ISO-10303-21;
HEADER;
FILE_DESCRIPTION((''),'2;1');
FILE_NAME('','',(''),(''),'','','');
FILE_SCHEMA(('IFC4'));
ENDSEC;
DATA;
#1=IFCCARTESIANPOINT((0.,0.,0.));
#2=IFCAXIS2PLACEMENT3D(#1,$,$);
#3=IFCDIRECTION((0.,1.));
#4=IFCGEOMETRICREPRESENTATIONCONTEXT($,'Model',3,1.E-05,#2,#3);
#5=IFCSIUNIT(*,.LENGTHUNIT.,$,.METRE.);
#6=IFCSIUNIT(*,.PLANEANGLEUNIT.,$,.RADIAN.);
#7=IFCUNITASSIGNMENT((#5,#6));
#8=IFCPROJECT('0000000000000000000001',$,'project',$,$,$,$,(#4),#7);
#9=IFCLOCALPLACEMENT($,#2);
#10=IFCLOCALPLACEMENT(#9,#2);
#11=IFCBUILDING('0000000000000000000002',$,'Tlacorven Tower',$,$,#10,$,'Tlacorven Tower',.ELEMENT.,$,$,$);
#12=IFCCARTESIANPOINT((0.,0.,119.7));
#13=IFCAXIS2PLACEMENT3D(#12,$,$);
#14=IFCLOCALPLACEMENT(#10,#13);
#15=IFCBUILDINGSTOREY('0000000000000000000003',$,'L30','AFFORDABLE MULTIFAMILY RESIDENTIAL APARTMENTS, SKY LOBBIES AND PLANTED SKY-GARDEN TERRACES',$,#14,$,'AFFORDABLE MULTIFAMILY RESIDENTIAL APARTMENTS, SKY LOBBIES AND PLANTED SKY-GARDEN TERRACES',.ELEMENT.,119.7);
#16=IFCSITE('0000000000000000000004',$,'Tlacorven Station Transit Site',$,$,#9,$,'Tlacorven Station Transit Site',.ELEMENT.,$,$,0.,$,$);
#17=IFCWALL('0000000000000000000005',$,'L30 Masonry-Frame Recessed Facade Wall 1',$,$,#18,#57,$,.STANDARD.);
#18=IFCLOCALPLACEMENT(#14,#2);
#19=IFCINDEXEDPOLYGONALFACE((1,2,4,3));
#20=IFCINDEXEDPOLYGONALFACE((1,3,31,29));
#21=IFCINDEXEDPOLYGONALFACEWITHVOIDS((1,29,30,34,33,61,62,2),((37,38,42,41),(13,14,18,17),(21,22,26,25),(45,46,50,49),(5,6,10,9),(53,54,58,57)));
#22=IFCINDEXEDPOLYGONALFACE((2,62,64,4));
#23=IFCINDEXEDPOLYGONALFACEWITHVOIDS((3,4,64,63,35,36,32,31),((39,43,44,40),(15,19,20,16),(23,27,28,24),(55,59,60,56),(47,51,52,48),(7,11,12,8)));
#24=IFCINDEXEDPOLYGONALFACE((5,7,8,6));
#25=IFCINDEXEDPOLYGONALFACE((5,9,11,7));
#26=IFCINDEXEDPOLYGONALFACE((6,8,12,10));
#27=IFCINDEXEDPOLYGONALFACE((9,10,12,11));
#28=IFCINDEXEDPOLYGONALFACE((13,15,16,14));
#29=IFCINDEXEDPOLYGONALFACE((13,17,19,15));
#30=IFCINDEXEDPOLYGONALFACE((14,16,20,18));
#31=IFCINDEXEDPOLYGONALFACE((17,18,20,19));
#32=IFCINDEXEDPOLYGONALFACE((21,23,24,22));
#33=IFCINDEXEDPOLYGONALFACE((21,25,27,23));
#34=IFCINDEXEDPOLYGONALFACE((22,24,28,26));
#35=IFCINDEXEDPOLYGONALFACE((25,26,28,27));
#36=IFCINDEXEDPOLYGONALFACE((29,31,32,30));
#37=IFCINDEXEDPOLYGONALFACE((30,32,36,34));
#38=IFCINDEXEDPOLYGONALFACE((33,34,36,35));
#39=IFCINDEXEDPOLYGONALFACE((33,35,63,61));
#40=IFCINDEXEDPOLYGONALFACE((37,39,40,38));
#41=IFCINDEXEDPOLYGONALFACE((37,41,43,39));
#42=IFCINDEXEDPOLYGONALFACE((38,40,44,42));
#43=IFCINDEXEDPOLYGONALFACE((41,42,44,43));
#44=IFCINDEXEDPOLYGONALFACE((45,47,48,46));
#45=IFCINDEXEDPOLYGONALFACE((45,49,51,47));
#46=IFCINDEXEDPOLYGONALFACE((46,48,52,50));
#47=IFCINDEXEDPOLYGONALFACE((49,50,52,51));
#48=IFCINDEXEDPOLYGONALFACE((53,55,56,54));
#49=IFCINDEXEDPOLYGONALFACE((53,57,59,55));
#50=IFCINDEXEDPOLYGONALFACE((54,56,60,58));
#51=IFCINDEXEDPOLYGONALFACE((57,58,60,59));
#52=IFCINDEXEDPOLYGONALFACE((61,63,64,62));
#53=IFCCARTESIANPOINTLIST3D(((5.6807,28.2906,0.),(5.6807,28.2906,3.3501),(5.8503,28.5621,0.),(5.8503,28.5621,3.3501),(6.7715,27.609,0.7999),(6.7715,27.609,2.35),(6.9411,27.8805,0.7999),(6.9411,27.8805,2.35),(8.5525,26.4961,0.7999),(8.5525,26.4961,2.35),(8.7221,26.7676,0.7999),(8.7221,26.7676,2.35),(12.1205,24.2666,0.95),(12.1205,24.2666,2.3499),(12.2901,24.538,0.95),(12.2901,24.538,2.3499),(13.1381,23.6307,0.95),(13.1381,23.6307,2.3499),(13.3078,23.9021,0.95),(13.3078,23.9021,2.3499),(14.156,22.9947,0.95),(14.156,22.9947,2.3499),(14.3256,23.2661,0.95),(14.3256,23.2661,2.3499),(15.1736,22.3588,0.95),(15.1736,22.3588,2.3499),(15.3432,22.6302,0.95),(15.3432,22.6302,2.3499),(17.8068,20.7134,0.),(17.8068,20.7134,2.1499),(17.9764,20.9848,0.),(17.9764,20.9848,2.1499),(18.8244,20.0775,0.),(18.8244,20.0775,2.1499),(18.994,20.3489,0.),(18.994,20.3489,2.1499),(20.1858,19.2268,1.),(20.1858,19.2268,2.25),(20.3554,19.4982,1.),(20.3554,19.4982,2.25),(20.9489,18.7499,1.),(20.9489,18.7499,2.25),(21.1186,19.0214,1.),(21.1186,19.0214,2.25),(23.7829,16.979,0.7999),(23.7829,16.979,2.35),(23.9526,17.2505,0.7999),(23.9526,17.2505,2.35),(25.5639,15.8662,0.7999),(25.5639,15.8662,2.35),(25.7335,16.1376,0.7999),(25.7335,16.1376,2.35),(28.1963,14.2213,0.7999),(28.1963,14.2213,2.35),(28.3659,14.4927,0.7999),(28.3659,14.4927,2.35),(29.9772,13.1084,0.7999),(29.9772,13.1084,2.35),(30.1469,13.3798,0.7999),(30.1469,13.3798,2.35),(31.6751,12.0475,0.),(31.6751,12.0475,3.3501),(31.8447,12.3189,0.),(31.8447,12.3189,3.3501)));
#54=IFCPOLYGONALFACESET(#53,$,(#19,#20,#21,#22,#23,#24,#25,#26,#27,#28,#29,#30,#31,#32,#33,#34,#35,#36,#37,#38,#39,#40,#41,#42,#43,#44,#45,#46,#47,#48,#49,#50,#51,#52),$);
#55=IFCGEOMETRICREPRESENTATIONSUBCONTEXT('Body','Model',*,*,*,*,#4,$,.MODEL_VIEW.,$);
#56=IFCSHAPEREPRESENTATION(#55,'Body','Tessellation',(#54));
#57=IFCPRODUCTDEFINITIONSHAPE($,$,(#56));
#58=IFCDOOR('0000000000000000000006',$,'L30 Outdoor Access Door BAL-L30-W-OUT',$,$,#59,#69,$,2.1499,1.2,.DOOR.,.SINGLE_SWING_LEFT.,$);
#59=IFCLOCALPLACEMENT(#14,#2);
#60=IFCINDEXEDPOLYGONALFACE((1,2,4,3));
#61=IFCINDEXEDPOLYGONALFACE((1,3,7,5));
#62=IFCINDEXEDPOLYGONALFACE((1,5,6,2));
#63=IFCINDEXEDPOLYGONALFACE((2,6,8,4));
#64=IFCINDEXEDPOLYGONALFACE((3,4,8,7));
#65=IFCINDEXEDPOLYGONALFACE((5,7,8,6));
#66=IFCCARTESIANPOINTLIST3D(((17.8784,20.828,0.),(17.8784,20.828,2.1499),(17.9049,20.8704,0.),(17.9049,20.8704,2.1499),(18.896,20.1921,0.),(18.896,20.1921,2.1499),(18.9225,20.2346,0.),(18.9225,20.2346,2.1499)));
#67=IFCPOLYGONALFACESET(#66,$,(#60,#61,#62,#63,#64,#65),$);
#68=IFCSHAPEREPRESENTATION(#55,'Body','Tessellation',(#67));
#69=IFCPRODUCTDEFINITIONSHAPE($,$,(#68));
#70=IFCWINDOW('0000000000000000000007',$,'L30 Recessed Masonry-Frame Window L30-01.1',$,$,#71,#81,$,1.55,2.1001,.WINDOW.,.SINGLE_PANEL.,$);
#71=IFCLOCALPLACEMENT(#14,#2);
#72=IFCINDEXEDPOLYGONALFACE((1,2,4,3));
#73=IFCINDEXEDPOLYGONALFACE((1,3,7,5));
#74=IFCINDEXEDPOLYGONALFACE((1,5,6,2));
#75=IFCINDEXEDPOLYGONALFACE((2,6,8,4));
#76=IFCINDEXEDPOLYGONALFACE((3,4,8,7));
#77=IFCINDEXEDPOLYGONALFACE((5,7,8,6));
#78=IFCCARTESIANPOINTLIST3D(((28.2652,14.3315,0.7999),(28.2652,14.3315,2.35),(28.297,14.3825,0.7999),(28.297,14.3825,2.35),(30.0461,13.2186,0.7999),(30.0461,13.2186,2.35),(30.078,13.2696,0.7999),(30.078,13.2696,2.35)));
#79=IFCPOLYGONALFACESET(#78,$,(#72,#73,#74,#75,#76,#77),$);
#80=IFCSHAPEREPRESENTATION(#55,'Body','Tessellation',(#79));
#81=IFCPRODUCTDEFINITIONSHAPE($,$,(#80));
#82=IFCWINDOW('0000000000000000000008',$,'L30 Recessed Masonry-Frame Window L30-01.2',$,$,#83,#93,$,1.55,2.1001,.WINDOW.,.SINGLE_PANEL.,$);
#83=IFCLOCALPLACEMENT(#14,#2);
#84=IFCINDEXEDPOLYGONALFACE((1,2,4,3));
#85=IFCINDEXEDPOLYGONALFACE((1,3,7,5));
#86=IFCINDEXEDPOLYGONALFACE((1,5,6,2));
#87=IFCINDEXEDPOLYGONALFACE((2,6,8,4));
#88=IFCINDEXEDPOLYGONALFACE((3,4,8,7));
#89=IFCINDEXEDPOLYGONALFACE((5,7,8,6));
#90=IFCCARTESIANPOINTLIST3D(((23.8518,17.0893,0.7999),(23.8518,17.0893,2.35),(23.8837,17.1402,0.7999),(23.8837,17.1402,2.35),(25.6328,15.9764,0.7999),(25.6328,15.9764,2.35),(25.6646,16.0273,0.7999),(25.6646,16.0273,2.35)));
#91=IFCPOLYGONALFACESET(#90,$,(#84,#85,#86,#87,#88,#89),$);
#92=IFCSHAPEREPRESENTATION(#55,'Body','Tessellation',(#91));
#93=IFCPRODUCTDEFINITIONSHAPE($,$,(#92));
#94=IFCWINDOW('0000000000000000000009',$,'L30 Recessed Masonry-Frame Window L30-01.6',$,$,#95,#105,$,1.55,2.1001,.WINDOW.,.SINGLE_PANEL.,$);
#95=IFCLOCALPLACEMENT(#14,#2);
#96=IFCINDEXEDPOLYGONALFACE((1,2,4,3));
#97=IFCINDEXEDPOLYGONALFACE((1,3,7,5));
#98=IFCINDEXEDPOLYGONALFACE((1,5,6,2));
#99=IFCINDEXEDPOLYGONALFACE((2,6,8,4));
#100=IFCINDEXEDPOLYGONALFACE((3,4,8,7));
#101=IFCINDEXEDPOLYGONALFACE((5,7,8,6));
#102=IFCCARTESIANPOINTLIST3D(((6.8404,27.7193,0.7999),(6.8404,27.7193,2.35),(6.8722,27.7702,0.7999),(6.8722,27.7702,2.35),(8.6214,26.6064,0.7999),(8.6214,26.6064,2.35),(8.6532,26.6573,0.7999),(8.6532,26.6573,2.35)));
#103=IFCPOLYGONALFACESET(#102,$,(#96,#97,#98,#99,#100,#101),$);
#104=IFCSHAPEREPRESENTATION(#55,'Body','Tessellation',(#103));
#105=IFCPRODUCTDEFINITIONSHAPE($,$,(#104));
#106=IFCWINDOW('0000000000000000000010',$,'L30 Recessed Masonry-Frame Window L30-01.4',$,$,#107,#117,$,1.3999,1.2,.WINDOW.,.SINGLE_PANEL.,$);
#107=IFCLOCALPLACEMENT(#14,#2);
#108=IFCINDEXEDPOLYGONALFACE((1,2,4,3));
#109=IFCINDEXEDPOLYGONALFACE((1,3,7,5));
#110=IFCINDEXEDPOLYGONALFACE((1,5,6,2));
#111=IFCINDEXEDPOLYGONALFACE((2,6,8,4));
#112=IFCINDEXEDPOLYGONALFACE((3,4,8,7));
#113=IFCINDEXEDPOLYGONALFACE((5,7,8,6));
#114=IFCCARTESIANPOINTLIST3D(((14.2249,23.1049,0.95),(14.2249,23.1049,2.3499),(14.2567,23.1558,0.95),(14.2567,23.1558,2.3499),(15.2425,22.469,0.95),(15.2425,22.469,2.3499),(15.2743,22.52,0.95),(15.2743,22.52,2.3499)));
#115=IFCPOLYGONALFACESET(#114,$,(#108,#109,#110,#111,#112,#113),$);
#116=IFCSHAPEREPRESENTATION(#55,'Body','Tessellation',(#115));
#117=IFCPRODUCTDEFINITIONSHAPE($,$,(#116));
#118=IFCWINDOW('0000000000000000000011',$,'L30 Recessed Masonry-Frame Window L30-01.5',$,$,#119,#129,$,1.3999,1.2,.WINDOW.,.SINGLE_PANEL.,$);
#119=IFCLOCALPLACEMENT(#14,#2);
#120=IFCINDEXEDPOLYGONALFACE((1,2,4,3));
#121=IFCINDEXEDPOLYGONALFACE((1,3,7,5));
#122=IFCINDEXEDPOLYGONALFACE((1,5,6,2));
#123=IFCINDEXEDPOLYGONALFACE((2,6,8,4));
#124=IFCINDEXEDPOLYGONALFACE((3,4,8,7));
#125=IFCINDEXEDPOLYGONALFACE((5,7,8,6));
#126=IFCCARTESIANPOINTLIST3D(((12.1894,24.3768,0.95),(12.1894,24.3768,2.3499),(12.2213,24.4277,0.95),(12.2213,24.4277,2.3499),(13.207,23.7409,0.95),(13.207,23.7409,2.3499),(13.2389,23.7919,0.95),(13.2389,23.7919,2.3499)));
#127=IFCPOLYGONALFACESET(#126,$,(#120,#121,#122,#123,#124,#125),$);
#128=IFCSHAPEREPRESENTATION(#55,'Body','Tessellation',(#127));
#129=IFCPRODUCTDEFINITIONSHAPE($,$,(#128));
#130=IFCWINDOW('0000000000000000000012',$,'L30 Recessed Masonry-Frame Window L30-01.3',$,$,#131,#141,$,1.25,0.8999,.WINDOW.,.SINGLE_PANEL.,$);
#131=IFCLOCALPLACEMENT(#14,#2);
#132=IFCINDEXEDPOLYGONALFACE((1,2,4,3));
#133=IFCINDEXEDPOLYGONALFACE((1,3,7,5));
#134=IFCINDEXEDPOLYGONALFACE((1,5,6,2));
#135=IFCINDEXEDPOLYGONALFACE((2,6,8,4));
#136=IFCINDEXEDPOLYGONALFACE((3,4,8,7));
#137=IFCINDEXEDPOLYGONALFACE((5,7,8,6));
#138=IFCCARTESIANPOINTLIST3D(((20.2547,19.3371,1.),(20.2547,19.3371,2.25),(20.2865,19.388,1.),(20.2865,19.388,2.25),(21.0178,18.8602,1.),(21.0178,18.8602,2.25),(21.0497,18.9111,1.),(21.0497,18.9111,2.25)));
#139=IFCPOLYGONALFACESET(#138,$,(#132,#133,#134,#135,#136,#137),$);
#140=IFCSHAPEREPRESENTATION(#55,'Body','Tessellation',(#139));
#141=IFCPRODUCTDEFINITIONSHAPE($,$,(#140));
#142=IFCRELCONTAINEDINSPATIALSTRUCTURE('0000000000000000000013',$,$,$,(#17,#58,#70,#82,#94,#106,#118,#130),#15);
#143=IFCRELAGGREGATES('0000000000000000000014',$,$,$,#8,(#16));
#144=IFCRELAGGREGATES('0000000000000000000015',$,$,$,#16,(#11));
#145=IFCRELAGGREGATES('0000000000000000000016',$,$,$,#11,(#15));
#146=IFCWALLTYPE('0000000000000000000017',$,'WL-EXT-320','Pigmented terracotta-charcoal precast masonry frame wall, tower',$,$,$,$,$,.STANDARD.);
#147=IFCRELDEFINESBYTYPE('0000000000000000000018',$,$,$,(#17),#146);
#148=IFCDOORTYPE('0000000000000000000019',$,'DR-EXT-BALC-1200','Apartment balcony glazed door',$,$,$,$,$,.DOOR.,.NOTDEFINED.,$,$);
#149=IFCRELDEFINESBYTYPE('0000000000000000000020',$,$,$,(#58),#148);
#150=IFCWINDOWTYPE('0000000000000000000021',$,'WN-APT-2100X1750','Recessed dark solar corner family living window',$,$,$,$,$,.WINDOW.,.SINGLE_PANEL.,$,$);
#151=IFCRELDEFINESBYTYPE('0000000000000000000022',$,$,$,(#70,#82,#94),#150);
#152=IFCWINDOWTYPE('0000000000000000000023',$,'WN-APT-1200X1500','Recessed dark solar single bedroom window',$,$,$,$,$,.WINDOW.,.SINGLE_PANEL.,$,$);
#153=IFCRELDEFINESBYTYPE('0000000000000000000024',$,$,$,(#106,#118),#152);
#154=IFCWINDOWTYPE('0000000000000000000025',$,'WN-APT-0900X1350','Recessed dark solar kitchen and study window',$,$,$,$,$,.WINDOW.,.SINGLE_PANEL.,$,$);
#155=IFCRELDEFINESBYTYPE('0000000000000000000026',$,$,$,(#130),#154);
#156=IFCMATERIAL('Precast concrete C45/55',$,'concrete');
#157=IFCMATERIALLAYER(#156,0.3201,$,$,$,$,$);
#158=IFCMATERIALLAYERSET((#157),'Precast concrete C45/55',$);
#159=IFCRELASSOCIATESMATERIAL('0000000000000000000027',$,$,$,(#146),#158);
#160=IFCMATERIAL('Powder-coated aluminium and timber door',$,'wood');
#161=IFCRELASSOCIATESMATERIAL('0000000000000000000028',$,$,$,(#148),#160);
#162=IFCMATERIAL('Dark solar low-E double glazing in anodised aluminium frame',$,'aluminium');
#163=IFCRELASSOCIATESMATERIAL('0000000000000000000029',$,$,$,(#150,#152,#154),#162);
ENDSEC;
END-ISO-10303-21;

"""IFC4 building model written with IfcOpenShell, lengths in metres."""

from ifc_helpers import new_model, si_unit, direction, frame, frame_2d, origin, place, context, subcontext, project, spatial, rectangle, extrude, source, transform, mapped, material, layer, layer_set, type_object, element, fill, save


model = new_model("IFC4")

# Units and contexts
model_context = context("Model", 3, precision=1e-05, world=origin(), true_north=direction((0.0, 1.0)))
body_context = subcontext(model_context, "Body", "Model", "MODEL_VIEW")
ifc_project = project(units=[si_unit("LENGTHUNIT", "METRE"), si_unit("PLANEANGLEUNIT", "RADIAN")], contexts=[model_context])

# Site, building, storey
site_placement = place(None, origin())
site = spatial("IfcSite", under=ifc_project, at=site_placement, Name="Tlacorven Station Transit Site", LongName="Tlacorven Station Transit Site", CompositionType="ELEMENT", RefElevation=0.0)
building_placement = place(site_placement, origin())
building = spatial("IfcBuilding", under=site, at=building_placement, Name="Tlacorven Tower", LongName="Tlacorven Tower", CompositionType="ELEMENT")
storey_placement = place(building_placement, frame((0.0, 0.0, 119.7)))
storey = spatial("IfcBuildingStorey", under=building, at=storey_placement, Name="L30", Description="AFFORDABLE MULTIFAMILY RESIDENTIAL APARTMENTS, SKY LOBBIES AND PLANTED SKY-GARDEN TERRACES", LongName="AFFORDABLE MULTIFAMILY RESIDENTIAL APARTMENTS, SKY LOBBIES AND PLANTED SKY-GARDEN TERRACES", CompositionType="ELEMENT", Elevation=119.7)

# Wall, openings, door, windows
ifc_material_1 = material(Name="Precast concrete C45/55", Category="concrete")
ifc_layer_1 = layer(ifc_material_1, 0.3201)
ifc_layer_set_1 = layer_set([ifc_layer_1], Name="Precast concrete C45/55")
wall_type_1 = type_object("IfcWallType", Name="WL-EXT-320", Description="Pigmented terracotta-charcoal precast masonry frame wall, tower", PredefinedType="STANDARD", material=ifc_layer_set_1)
wall_1_placement = place(storey_placement, frame((31.76, 12.1831, 0.0), z_axis=(0.0, 0.0, 1.0), x_axis=(-0.848047, 0.529921, 0.0)))
wall_1 = element("IfcWall", 1, at=wall_1_placement, inside=storey, type_object=wall_type_1, Name="L30 Masonry-Frame Recessed Facade Wall 1", PredefinedType="STANDARD", context=body_context, shape_type="SweptSolid", body=[
    extrude(rectangle(XDim=30.6521, YDim=0.3201, at=frame_2d((15.3262, 0.0))), origin(), (0.0, 0.0, 1.0), 3.3501),
])
opening_1_placement = place(wall_1_placement, frame((15.1533, 0.0, 0.0)))
opening_1 = element("IfcOpeningElement", 2, at=opening_1_placement, cuts=wall_1, PredefinedType="OPENING", context=body_context, shape_type="SweptSolid", body=[
    extrude(rectangle(XDim=1.2, YDim=2.1499, at=frame_2d((0.6001, 1.075))), frame((0.0, 0.1699, 0.0), z_axis=(0.0, -1.0, 0.0), x_axis=(1.0, 0.0, 0.0)), (0.0, 0.0, 1.0), 0.3401),
])
opening_2_placement = place(wall_1_placement, frame((2.0022, 0.0, 0.8)))
opening_2 = element("IfcOpeningElement", 3, at=opening_2_placement, cuts=wall_1, PredefinedType="OPENING", context=body_context, shape_type="SweptSolid", body=[
    extrude(rectangle(XDim=2.1001, YDim=1.55, at=frame_2d((1.05, 0.7749))), frame((0.0, 0.1699, 0.0), z_axis=(0.0, -1.0, 0.0), x_axis=(1.0, 0.0, 0.0)), (0.0, 0.0, 1.0), 0.3401),
])
opening_3_placement = place(wall_1_placement, frame((7.2063, 0.0, 0.8)))
opening_3 = element("IfcOpeningElement", 4, at=opening_3_placement, cuts=wall_1, PredefinedType="OPENING", context=body_context, shape_type="SweptSolid", body=[
    extrude(rectangle(XDim=2.1001, YDim=1.55, at=frame_2d((1.05, 0.7749))), frame((0.0, 0.1699, 0.0), z_axis=(0.0, -1.0, 0.0), x_axis=(1.0, 0.0, 0.0)), (0.0, 0.0, 1.0), 0.3401),
])
opening_4_placement = place(wall_1_placement, frame((12.6482, 0.0, 1.0)))
opening_4 = element("IfcOpeningElement", 5, at=opening_4_placement, cuts=wall_1, PredefinedType="OPENING", context=body_context, shape_type="SweptSolid", body=[
    extrude(rectangle(XDim=0.8999, YDim=1.25, at=frame_2d((0.45, 0.625))), frame((0.0, 0.1699, 0.0), z_axis=(0.0, -1.0, 0.0), x_axis=(1.0, 0.0, 0.0)), (0.0, 0.0, 1.0), 0.3401),
])
opening_5_placement = place(wall_1_placement, frame((19.4583, 0.0, 0.95)))
opening_5 = element("IfcOpeningElement", 6, at=opening_5_placement, cuts=wall_1, PredefinedType="OPENING", context=body_context, shape_type="SweptSolid", body=[
    extrude(rectangle(XDim=1.2, YDim=1.3999, at=frame_2d((0.6001, 0.7))), frame((0.0, 0.1699, 0.0), z_axis=(0.0, -1.0, 0.0), x_axis=(1.0, 0.0, 0.0)), (0.0, 0.0, 1.0), 0.3401),
])
opening_6_placement = place(wall_1_placement, frame((21.8584, 0.0, 0.95)))
opening_6 = element("IfcOpeningElement", 7, at=opening_6_placement, cuts=wall_1, PredefinedType="OPENING", context=body_context, shape_type="SweptSolid", body=[
    extrude(rectangle(XDim=1.2, YDim=1.3999, at=frame_2d((0.6001, 0.7))), frame((0.0, 0.1699, 0.0), z_axis=(0.0, -1.0, 0.0), x_axis=(1.0, 0.0, 0.0)), (0.0, 0.0, 1.0), 0.3401),
])
opening_7_placement = place(wall_1_placement, frame((27.2659, 0.0, 0.8)))
opening_7 = element("IfcOpeningElement", 8, at=opening_7_placement, cuts=wall_1, PredefinedType="OPENING", context=body_context, shape_type="SweptSolid", body=[
    extrude(rectangle(XDim=2.1001, YDim=1.55, at=frame_2d((1.05, 0.7749))), frame((0.0, 0.1699, 0.0), z_axis=(0.0, -1.0, 0.0), x_axis=(1.0, 0.0, 0.0)), (0.0, 0.0, 1.0), 0.3401),
])
ifc_material_2 = material(Name="Powder-coated aluminium and timber door", Category="wood")
door_type_1 = type_object("IfcDoorType", Name="DR-EXT-BALC-1200", Description="Apartment balcony glazed door", OperationType="NOTDEFINED", PredefinedType="DOOR", material=ifc_material_2)
shared_shape_1 = source(origin(), body_context, "Body", "SweptSolid", [
    extrude(rectangle(XDim=1.2, YDim=2.1499, at=frame_2d((0.6001, 1.075))), frame((0.0, 0.0249, 0.0), z_axis=(0.0, -1.0, 0.0), x_axis=(1.0, 0.0, 0.0)), (0.0, 0.0, 1.0), 0.05),
])
door_1_placement = place(opening_1_placement, origin())
door_1 = element("IfcDoor", 9, at=door_1_placement, inside=storey, type_object=door_type_1, Name="L30 Outdoor Access Door BAL-L30-W-OUT", OperationType="SINGLE_SWING_LEFT", OverallHeight=2.1499, OverallWidth=1.2, PredefinedType="DOOR", context=body_context, shape_type="MappedRepresentation", body=[
    mapped(shared_shape_1, transform((0.0, 0.0, 0.0), scale=1.0)),
])
fill(opening_1, door_1)
ifc_material_3 = material(Name="Dark solar low-E double glazing in anodised aluminium frame", Category="aluminium")
window_type_1 = type_object("IfcWindowType", Name="WN-APT-2100X1750", Description="Recessed dark solar corner family living window", PartitioningType="SINGLE_PANEL", PredefinedType="WINDOW", material=ifc_material_3)
shared_shape_2 = source(origin(), body_context, "Body", "SweptSolid", [
    extrude(rectangle(XDim=2.1001, YDim=1.55, at=frame_2d((1.05, 0.7749))), frame((0.0, 0.03, 0.0), z_axis=(0.0, -1.0, 0.0), x_axis=(1.0, 0.0, 0.0)), (0.0, 0.0, 1.0), 0.0601),
])
window_1_placement = place(opening_2_placement, origin())
window_1 = element("IfcWindow", 10, at=window_1_placement, inside=storey, type_object=window_type_1, Name="L30 Recessed Masonry-Frame Window L30-01.1", OverallHeight=1.55, OverallWidth=2.1001, PartitioningType="SINGLE_PANEL", PredefinedType="WINDOW", context=body_context, shape_type="MappedRepresentation", body=[
    mapped(shared_shape_2, transform((0.0, 0.0, 0.0), scale=1.0)),
])
fill(opening_2, window_1)
window_2_placement = place(opening_3_placement, origin())
window_2 = element("IfcWindow", 11, at=window_2_placement, inside=storey, type_object=window_type_1, Name="L30 Recessed Masonry-Frame Window L30-01.2", OverallHeight=1.55, OverallWidth=2.1001, PartitioningType="SINGLE_PANEL", PredefinedType="WINDOW", context=body_context, shape_type="MappedRepresentation", body=[
    mapped(shared_shape_2, transform((0.0, 0.0, 0.0), scale=1.0)),
])
fill(opening_3, window_2)
window_3_placement = place(opening_7_placement, origin())
window_3 = element("IfcWindow", 12, at=window_3_placement, inside=storey, type_object=window_type_1, Name="L30 Recessed Masonry-Frame Window L30-01.6", OverallHeight=1.55, OverallWidth=2.1001, PartitioningType="SINGLE_PANEL", PredefinedType="WINDOW", context=body_context, shape_type="MappedRepresentation", body=[
    mapped(shared_shape_2, transform((0.0, 0.0, 0.0), scale=1.0)),
])
fill(opening_7, window_3)
window_type_2 = type_object("IfcWindowType", Name="WN-APT-1200X1500", Description="Recessed dark solar single bedroom window", PartitioningType="SINGLE_PANEL", PredefinedType="WINDOW", material=ifc_material_3)
shared_shape_3 = source(origin(), body_context, "Body", "SweptSolid", [
    extrude(rectangle(XDim=1.2, YDim=1.3999, at=frame_2d((0.6001, 0.7))), frame((0.0, 0.03, 0.0), z_axis=(0.0, -1.0, 0.0), x_axis=(1.0, 0.0, 0.0)), (0.0, 0.0, 1.0), 0.0601),
])
window_4_placement = place(opening_5_placement, origin())
window_4 = element("IfcWindow", 13, at=window_4_placement, inside=storey, type_object=window_type_2, Name="L30 Recessed Masonry-Frame Window L30-01.4", OverallHeight=1.3999, OverallWidth=1.2, PartitioningType="SINGLE_PANEL", PredefinedType="WINDOW", context=body_context, shape_type="MappedRepresentation", body=[
    mapped(shared_shape_3, transform((0.0, 0.0, 0.0), scale=1.0)),
])
fill(opening_5, window_4)
window_5_placement = place(opening_6_placement, origin())
window_5 = element("IfcWindow", 14, at=window_5_placement, inside=storey, type_object=window_type_2, Name="L30 Recessed Masonry-Frame Window L30-01.5", OverallHeight=1.3999, OverallWidth=1.2, PartitioningType="SINGLE_PANEL", PredefinedType="WINDOW", context=body_context, shape_type="MappedRepresentation", body=[
    mapped(shared_shape_3, transform((0.0, 0.0, 0.0), scale=1.0)),
])
fill(opening_6, window_5)
window_type_3 = type_object("IfcWindowType", Name="WN-APT-0900X1350", Description="Recessed dark solar kitchen and study window", PartitioningType="SINGLE_PANEL", PredefinedType="WINDOW", material=ifc_material_3)
shared_shape_4 = source(origin(), body_context, "Body", "SweptSolid", [
    extrude(rectangle(XDim=0.8999, YDim=1.25, at=frame_2d((0.45, 0.625))), frame((0.0, 0.03, 0.0), z_axis=(0.0, -1.0, 0.0), x_axis=(1.0, 0.0, 0.0)), (0.0, 0.0, 1.0), 0.0601),
])
window_6_placement = place(opening_4_placement, origin())
window_6 = element("IfcWindow", 15, at=window_6_placement, inside=storey, type_object=window_type_3, Name="L30 Recessed Masonry-Frame Window L30-01.3", OverallHeight=1.25, OverallWidth=0.8999, PartitioningType="SINGLE_PANEL", PredefinedType="WINDOW", context=body_context, shape_type="MappedRepresentation", body=[
    mapped(shared_shape_4, transform((0.0, 0.0, 0.0), scale=1.0)),
])
fill(opening_4, window_6)

save(model, "model.ifc")
